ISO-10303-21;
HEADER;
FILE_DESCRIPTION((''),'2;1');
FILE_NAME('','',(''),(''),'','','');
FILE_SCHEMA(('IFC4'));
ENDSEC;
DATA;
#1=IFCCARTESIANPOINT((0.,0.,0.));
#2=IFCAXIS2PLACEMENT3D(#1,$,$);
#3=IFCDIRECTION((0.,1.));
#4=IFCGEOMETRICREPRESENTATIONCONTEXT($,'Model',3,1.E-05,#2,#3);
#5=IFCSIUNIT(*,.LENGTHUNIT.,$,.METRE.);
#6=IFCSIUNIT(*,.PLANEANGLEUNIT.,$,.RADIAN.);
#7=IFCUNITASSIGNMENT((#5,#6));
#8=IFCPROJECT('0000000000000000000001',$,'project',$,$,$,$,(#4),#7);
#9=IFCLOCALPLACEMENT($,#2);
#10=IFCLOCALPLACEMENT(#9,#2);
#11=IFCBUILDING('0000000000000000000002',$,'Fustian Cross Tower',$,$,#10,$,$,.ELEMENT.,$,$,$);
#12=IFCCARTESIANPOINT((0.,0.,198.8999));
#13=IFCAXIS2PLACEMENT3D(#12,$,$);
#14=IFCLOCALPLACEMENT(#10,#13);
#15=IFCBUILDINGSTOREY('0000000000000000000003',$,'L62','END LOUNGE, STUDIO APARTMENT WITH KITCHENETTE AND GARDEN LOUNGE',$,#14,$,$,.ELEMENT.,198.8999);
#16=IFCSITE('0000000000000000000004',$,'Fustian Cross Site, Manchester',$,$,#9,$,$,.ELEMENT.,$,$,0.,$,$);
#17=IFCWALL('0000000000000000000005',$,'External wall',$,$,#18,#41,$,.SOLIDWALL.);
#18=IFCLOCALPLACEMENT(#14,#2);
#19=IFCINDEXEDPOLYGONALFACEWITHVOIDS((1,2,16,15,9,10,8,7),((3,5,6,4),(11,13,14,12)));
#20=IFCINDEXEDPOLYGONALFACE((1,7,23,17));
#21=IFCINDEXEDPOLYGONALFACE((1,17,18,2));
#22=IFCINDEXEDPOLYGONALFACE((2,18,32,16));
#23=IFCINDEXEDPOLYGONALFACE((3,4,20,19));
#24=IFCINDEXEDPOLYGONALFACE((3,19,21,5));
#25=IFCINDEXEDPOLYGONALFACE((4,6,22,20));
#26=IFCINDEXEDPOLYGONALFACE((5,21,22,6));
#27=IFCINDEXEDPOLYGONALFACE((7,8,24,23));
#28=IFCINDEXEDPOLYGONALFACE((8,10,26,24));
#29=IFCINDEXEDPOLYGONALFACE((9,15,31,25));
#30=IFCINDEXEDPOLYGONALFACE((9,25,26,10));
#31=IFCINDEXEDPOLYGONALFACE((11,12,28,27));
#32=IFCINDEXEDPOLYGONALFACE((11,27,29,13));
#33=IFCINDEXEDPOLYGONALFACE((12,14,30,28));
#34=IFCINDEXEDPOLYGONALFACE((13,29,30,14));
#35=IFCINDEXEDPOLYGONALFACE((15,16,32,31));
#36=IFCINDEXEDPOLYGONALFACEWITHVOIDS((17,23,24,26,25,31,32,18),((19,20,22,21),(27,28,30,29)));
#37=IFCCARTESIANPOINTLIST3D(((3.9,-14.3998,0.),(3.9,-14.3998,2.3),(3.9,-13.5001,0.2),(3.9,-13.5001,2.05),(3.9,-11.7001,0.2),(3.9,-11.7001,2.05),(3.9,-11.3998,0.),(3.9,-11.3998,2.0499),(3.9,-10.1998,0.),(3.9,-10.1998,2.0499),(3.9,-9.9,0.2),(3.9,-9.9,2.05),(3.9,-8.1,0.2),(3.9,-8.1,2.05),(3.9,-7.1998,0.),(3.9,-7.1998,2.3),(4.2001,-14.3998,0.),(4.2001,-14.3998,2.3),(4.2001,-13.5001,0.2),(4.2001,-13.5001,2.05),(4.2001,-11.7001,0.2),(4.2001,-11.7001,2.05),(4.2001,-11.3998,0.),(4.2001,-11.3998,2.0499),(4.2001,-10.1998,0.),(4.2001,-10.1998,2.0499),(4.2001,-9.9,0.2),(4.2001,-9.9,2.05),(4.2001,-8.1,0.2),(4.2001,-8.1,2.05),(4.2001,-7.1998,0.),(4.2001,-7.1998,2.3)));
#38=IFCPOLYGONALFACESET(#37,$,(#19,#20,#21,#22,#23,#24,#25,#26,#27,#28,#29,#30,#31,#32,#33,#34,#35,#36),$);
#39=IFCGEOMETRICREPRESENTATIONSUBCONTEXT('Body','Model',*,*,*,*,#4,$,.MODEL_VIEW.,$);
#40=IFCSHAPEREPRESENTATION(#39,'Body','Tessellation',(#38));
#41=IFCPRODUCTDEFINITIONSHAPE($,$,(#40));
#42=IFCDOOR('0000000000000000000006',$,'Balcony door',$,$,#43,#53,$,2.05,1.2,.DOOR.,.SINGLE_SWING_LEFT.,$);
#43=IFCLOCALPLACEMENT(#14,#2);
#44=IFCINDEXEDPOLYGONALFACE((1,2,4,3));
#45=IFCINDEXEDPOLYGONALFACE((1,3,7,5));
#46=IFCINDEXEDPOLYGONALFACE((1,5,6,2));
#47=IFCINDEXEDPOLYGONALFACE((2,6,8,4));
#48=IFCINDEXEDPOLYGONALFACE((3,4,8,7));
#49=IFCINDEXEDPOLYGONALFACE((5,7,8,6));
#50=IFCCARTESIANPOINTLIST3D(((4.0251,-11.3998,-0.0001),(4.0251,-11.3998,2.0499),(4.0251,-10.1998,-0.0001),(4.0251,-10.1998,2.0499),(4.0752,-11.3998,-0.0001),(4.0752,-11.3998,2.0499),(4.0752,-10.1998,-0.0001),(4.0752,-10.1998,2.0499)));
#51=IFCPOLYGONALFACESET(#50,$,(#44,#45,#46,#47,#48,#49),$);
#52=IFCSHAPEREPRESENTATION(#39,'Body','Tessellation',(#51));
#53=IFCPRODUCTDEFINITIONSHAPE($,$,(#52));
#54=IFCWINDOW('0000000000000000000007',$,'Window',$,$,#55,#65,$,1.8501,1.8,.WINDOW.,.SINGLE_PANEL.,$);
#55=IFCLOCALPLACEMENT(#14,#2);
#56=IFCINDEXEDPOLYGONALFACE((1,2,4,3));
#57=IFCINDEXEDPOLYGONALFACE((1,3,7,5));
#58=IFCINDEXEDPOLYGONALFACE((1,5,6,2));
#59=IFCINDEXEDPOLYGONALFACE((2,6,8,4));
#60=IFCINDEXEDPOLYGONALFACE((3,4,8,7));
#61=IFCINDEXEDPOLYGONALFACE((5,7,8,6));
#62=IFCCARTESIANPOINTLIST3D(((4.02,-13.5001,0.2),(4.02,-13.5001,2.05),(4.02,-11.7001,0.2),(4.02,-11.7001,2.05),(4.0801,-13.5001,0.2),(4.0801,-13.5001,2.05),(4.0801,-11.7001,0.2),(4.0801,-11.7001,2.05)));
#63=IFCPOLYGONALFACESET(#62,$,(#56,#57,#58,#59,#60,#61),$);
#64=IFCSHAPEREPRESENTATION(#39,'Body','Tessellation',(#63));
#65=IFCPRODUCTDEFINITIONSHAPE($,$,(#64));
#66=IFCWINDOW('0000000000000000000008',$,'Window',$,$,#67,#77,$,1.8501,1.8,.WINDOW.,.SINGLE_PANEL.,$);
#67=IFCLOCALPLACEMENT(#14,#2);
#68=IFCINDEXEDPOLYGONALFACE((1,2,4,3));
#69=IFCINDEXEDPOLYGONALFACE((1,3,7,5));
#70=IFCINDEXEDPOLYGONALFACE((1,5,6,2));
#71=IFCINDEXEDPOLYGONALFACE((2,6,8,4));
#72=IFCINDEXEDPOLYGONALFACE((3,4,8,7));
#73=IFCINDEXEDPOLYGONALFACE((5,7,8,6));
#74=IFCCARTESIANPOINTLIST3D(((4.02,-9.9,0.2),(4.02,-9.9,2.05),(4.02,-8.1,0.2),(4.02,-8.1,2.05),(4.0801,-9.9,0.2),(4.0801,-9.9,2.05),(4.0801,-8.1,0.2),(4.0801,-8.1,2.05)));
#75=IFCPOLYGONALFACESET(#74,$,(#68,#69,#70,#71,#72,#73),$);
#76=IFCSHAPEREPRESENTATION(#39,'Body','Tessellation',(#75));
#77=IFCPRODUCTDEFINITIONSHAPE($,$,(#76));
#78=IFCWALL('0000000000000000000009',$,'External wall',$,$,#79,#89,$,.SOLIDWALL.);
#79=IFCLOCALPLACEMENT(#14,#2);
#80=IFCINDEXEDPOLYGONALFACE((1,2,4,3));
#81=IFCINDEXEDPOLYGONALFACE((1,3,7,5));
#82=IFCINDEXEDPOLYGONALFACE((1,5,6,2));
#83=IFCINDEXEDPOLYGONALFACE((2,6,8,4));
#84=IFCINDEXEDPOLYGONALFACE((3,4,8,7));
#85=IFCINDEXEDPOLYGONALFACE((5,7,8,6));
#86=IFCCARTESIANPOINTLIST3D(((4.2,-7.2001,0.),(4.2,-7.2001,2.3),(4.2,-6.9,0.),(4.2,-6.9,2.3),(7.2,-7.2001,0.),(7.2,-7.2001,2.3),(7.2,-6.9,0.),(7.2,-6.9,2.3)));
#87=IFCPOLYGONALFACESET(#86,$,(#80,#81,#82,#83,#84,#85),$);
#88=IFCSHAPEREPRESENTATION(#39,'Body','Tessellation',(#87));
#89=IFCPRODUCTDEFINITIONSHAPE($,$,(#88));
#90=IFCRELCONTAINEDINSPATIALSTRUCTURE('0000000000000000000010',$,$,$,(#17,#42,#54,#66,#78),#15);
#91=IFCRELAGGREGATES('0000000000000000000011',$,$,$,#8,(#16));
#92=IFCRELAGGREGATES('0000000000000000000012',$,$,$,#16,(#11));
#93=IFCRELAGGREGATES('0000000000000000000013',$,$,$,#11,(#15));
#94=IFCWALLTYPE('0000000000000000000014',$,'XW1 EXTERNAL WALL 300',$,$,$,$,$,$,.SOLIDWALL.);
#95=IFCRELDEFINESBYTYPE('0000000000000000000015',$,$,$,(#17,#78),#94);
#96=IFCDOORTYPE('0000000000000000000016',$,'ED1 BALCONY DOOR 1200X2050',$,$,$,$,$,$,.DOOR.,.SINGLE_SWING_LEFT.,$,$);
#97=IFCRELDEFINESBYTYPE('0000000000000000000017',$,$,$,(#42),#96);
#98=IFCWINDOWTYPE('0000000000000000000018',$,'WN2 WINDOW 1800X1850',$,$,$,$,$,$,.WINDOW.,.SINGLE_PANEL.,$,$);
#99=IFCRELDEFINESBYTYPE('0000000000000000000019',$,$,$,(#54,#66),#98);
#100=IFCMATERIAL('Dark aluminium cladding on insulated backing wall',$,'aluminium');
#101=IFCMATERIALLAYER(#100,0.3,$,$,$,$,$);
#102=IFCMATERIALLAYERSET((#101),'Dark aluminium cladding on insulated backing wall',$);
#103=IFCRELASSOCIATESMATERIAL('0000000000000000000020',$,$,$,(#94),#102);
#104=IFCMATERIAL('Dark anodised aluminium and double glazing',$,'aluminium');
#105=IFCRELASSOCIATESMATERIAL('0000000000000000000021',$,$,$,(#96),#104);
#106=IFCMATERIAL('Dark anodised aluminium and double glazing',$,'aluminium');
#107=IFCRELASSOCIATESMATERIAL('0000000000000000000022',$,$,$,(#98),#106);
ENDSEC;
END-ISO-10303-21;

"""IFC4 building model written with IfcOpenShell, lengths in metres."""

from ifc_helpers import new_model, si_unit, direction, frame, frame_2d, origin, place, context, subcontext, project, spatial, rectangle, extrude, material, layer, layer_set, type_object, element, fill, save


model = new_model("IFC4")

# Units and contexts
model_context = context("Model", 3, precision=1e-05, world=origin(), true_north=direction((0.0, 1.0)))
body_context = subcontext(model_context, "Body", "Model", "MODEL_VIEW")
ifc_project = project(units=[si_unit("LENGTHUNIT", "METRE"), si_unit("PLANEANGLEUNIT", "RADIAN")], contexts=[model_context])

# Site, building, storey
site_placement = place(None, origin())
site = spatial("IfcSite", under=ifc_project, at=site_placement, Name="Fustian Cross Site, Manchester", CompositionType="ELEMENT", RefElevation=0.0)
building_placement = place(site_placement, origin())
building = spatial("IfcBuilding", under=site, at=building_placement, Name="Fustian Cross Tower", CompositionType="ELEMENT")
storey_placement = place(building_placement, frame((0.0, 0.0, 198.8999)))
storey = spatial("IfcBuildingStorey", under=building, at=storey_placement, Name="L62", Description="END LOUNGE, STUDIO APARTMENT WITH KITCHENETTE AND GARDEN LOUNGE", CompositionType="ELEMENT", Elevation=198.8999)

# Wall, openings, door, windows
ifc_material_1 = material(Name="Dark aluminium cladding on insulated backing wall", Category="aluminium")
ifc_layer_1 = layer(ifc_material_1, 0.3)
ifc_layer_set_1 = layer_set([ifc_layer_1], Name="Dark aluminium cladding on insulated backing wall")
wall_type_1 = type_object("IfcWallType", Name="XW1 EXTERNAL WALL 300", PredefinedType="SOLIDWALL", material=ifc_layer_set_1)
wall_1_placement = place(storey_placement, frame((4.05, -14.3999, 0.0), z_axis=(0.0, 0.0, 1.0), x_axis=(0.0, 1.0, 0.0)))
wall_1 = element("IfcWall", 1, at=wall_1_placement, inside=storey, type_object=wall_type_1, Name="External wall", PredefinedType="SOLIDWALL", context=body_context, shape_type="SweptSolid", body=[
    extrude(rectangle(XDim=7.2, YDim=0.3, at=frame_2d((3.6001, 0.0))), origin(), (0.0, 0.0, 1.0), 2.3),
])
opening_1_placement = place(wall_1_placement, frame((3.0, 0.0, 0.0)))
opening_1 = element("IfcOpeningElement", 2, at=opening_1_placement, cuts=wall_1, PredefinedType="OPENING", context=body_context, shape_type="SweptSolid", body=[
    extrude(rectangle(XDim=1.2, YDim=2.05, at=frame_2d((0.6001, 1.0249))), frame((0.0, 0.1599, 0.0), z_axis=(0.0, -1.0, 0.0), x_axis=(1.0, 0.0, 0.0)), (0.0, 0.0, 1.0), 0.3201),
])
opening_2_placement = place(wall_1_placement, frame((0.8999, 0.0, 0.2)))
opening_2 = element("IfcOpeningElement", 3, at=opening_2_placement, cuts=wall_1, PredefinedType="OPENING", context=body_context, shape_type="SweptSolid", body=[
    extrude(rectangle(XDim=1.8, YDim=1.8501, at=frame_2d((0.8999, 0.925))), frame((0.0, 0.1599, 0.0), z_axis=(0.0, -1.0, 0.0), x_axis=(1.0, 0.0, 0.0)), (0.0, 0.0, 1.0), 0.3201),
])
opening_3_placement = place(wall_1_placement, frame((4.5, 0.0, 0.2)))
opening_3 = element("IfcOpeningElement", 4, at=opening_3_placement, cuts=wall_1, PredefinedType="OPENING", context=body_context, shape_type="SweptSolid", body=[
    extrude(rectangle(XDim=1.8, YDim=1.8501, at=frame_2d((0.8999, 0.925))), frame((0.0, 0.1599, 0.0), z_axis=(0.0, -1.0, 0.0), x_axis=(1.0, 0.0, 0.0)), (0.0, 0.0, 1.0), 0.3201),
])
ifc_material_2 = material(Name="Dark anodised aluminium and double glazing", Category="aluminium")
door_type_1 = type_object("IfcDoorType", Name="ED1 BALCONY DOOR 1200X2050", OperationType="SINGLE_SWING_LEFT", PredefinedType="DOOR", material=ifc_material_2)
door_1_placement = place(opening_1_placement, origin())
door_1 = element("IfcDoor", 5, at=door_1_placement, inside=storey, type_object=door_type_1, Name="Balcony door", OperationType="SINGLE_SWING_LEFT", OverallHeight=2.05, OverallWidth=1.2, PredefinedType="DOOR", context=body_context, shape_type="SweptSolid", body=[
    extrude(rectangle(XDim=1.2, YDim=2.05, at=frame_2d((0.6001, 1.0249))), frame((0.0, 0.0249, 0.0), z_axis=(0.0, -1.0, 0.0), x_axis=(1.0, 0.0, 0.0)), (0.0, 0.0, 1.0), 0.05),
])
fill(opening_1, door_1)
ifc_material_3 = material(Name="Dark anodised aluminium and double glazing", Category="aluminium")
window_type = type_object("IfcWindowType", Name="WN2 WINDOW 1800X1850", PartitioningType="SINGLE_PANEL", PredefinedType="WINDOW", material=ifc_material_3)
window_1_placement = place(opening_2_placement, origin())
window_1 = element("IfcWindow", 6, at=window_1_placement, inside=storey, type_object=window_type, Name="Window", OverallHeight=1.8501, OverallWidth=1.8, PartitioningType="SINGLE_PANEL", PredefinedType="WINDOW", context=body_context, shape_type="SweptSolid", body=[
    extrude(rectangle(XDim=1.8, YDim=1.8501, at=frame_2d((0.8999, 0.925))), frame((0.0, 0.03, 0.0), z_axis=(0.0, -1.0, 0.0), x_axis=(1.0, 0.0, 0.0)), (0.0, 0.0, 1.0), 0.0601),
])
fill(opening_2, window_1)
window_2_placement = place(opening_3_placement, origin())
window_2 = element("IfcWindow", 7, at=window_2_placement, inside=storey, type_object=window_type, Name="Window", OverallHeight=1.8501, OverallWidth=1.8, PartitioningType="SINGLE_PANEL", PredefinedType="WINDOW", context=body_context, shape_type="SweptSolid", body=[
    extrude(rectangle(XDim=1.8, YDim=1.8501, at=frame_2d((0.8999, 0.925))), frame((0.0, 0.03, 0.0), z_axis=(0.0, -1.0, 0.0), x_axis=(1.0, 0.0, 0.0)), (0.0, 0.0, 1.0), 0.0601),
])
fill(opening_3, window_2)

# Wall
wall_2_placement = place(storey_placement, frame((4.2, -7.05, 0.0), z_axis=(0.0, 0.0, 1.0), x_axis=(1.0, 0.0, 0.0)))
element("IfcWall", 8, at=wall_2_placement, inside=storey, type_object=wall_type_1, Name="External wall", PredefinedType="SOLIDWALL", context=body_context, shape_type="SweptSolid", body=[
    extrude(rectangle(XDim=3.0, YDim=0.3, at=frame_2d((1.5, 0.0))), origin(), (0.0, 0.0, 1.0), 2.3),
])

save(model, "model.ifc")
